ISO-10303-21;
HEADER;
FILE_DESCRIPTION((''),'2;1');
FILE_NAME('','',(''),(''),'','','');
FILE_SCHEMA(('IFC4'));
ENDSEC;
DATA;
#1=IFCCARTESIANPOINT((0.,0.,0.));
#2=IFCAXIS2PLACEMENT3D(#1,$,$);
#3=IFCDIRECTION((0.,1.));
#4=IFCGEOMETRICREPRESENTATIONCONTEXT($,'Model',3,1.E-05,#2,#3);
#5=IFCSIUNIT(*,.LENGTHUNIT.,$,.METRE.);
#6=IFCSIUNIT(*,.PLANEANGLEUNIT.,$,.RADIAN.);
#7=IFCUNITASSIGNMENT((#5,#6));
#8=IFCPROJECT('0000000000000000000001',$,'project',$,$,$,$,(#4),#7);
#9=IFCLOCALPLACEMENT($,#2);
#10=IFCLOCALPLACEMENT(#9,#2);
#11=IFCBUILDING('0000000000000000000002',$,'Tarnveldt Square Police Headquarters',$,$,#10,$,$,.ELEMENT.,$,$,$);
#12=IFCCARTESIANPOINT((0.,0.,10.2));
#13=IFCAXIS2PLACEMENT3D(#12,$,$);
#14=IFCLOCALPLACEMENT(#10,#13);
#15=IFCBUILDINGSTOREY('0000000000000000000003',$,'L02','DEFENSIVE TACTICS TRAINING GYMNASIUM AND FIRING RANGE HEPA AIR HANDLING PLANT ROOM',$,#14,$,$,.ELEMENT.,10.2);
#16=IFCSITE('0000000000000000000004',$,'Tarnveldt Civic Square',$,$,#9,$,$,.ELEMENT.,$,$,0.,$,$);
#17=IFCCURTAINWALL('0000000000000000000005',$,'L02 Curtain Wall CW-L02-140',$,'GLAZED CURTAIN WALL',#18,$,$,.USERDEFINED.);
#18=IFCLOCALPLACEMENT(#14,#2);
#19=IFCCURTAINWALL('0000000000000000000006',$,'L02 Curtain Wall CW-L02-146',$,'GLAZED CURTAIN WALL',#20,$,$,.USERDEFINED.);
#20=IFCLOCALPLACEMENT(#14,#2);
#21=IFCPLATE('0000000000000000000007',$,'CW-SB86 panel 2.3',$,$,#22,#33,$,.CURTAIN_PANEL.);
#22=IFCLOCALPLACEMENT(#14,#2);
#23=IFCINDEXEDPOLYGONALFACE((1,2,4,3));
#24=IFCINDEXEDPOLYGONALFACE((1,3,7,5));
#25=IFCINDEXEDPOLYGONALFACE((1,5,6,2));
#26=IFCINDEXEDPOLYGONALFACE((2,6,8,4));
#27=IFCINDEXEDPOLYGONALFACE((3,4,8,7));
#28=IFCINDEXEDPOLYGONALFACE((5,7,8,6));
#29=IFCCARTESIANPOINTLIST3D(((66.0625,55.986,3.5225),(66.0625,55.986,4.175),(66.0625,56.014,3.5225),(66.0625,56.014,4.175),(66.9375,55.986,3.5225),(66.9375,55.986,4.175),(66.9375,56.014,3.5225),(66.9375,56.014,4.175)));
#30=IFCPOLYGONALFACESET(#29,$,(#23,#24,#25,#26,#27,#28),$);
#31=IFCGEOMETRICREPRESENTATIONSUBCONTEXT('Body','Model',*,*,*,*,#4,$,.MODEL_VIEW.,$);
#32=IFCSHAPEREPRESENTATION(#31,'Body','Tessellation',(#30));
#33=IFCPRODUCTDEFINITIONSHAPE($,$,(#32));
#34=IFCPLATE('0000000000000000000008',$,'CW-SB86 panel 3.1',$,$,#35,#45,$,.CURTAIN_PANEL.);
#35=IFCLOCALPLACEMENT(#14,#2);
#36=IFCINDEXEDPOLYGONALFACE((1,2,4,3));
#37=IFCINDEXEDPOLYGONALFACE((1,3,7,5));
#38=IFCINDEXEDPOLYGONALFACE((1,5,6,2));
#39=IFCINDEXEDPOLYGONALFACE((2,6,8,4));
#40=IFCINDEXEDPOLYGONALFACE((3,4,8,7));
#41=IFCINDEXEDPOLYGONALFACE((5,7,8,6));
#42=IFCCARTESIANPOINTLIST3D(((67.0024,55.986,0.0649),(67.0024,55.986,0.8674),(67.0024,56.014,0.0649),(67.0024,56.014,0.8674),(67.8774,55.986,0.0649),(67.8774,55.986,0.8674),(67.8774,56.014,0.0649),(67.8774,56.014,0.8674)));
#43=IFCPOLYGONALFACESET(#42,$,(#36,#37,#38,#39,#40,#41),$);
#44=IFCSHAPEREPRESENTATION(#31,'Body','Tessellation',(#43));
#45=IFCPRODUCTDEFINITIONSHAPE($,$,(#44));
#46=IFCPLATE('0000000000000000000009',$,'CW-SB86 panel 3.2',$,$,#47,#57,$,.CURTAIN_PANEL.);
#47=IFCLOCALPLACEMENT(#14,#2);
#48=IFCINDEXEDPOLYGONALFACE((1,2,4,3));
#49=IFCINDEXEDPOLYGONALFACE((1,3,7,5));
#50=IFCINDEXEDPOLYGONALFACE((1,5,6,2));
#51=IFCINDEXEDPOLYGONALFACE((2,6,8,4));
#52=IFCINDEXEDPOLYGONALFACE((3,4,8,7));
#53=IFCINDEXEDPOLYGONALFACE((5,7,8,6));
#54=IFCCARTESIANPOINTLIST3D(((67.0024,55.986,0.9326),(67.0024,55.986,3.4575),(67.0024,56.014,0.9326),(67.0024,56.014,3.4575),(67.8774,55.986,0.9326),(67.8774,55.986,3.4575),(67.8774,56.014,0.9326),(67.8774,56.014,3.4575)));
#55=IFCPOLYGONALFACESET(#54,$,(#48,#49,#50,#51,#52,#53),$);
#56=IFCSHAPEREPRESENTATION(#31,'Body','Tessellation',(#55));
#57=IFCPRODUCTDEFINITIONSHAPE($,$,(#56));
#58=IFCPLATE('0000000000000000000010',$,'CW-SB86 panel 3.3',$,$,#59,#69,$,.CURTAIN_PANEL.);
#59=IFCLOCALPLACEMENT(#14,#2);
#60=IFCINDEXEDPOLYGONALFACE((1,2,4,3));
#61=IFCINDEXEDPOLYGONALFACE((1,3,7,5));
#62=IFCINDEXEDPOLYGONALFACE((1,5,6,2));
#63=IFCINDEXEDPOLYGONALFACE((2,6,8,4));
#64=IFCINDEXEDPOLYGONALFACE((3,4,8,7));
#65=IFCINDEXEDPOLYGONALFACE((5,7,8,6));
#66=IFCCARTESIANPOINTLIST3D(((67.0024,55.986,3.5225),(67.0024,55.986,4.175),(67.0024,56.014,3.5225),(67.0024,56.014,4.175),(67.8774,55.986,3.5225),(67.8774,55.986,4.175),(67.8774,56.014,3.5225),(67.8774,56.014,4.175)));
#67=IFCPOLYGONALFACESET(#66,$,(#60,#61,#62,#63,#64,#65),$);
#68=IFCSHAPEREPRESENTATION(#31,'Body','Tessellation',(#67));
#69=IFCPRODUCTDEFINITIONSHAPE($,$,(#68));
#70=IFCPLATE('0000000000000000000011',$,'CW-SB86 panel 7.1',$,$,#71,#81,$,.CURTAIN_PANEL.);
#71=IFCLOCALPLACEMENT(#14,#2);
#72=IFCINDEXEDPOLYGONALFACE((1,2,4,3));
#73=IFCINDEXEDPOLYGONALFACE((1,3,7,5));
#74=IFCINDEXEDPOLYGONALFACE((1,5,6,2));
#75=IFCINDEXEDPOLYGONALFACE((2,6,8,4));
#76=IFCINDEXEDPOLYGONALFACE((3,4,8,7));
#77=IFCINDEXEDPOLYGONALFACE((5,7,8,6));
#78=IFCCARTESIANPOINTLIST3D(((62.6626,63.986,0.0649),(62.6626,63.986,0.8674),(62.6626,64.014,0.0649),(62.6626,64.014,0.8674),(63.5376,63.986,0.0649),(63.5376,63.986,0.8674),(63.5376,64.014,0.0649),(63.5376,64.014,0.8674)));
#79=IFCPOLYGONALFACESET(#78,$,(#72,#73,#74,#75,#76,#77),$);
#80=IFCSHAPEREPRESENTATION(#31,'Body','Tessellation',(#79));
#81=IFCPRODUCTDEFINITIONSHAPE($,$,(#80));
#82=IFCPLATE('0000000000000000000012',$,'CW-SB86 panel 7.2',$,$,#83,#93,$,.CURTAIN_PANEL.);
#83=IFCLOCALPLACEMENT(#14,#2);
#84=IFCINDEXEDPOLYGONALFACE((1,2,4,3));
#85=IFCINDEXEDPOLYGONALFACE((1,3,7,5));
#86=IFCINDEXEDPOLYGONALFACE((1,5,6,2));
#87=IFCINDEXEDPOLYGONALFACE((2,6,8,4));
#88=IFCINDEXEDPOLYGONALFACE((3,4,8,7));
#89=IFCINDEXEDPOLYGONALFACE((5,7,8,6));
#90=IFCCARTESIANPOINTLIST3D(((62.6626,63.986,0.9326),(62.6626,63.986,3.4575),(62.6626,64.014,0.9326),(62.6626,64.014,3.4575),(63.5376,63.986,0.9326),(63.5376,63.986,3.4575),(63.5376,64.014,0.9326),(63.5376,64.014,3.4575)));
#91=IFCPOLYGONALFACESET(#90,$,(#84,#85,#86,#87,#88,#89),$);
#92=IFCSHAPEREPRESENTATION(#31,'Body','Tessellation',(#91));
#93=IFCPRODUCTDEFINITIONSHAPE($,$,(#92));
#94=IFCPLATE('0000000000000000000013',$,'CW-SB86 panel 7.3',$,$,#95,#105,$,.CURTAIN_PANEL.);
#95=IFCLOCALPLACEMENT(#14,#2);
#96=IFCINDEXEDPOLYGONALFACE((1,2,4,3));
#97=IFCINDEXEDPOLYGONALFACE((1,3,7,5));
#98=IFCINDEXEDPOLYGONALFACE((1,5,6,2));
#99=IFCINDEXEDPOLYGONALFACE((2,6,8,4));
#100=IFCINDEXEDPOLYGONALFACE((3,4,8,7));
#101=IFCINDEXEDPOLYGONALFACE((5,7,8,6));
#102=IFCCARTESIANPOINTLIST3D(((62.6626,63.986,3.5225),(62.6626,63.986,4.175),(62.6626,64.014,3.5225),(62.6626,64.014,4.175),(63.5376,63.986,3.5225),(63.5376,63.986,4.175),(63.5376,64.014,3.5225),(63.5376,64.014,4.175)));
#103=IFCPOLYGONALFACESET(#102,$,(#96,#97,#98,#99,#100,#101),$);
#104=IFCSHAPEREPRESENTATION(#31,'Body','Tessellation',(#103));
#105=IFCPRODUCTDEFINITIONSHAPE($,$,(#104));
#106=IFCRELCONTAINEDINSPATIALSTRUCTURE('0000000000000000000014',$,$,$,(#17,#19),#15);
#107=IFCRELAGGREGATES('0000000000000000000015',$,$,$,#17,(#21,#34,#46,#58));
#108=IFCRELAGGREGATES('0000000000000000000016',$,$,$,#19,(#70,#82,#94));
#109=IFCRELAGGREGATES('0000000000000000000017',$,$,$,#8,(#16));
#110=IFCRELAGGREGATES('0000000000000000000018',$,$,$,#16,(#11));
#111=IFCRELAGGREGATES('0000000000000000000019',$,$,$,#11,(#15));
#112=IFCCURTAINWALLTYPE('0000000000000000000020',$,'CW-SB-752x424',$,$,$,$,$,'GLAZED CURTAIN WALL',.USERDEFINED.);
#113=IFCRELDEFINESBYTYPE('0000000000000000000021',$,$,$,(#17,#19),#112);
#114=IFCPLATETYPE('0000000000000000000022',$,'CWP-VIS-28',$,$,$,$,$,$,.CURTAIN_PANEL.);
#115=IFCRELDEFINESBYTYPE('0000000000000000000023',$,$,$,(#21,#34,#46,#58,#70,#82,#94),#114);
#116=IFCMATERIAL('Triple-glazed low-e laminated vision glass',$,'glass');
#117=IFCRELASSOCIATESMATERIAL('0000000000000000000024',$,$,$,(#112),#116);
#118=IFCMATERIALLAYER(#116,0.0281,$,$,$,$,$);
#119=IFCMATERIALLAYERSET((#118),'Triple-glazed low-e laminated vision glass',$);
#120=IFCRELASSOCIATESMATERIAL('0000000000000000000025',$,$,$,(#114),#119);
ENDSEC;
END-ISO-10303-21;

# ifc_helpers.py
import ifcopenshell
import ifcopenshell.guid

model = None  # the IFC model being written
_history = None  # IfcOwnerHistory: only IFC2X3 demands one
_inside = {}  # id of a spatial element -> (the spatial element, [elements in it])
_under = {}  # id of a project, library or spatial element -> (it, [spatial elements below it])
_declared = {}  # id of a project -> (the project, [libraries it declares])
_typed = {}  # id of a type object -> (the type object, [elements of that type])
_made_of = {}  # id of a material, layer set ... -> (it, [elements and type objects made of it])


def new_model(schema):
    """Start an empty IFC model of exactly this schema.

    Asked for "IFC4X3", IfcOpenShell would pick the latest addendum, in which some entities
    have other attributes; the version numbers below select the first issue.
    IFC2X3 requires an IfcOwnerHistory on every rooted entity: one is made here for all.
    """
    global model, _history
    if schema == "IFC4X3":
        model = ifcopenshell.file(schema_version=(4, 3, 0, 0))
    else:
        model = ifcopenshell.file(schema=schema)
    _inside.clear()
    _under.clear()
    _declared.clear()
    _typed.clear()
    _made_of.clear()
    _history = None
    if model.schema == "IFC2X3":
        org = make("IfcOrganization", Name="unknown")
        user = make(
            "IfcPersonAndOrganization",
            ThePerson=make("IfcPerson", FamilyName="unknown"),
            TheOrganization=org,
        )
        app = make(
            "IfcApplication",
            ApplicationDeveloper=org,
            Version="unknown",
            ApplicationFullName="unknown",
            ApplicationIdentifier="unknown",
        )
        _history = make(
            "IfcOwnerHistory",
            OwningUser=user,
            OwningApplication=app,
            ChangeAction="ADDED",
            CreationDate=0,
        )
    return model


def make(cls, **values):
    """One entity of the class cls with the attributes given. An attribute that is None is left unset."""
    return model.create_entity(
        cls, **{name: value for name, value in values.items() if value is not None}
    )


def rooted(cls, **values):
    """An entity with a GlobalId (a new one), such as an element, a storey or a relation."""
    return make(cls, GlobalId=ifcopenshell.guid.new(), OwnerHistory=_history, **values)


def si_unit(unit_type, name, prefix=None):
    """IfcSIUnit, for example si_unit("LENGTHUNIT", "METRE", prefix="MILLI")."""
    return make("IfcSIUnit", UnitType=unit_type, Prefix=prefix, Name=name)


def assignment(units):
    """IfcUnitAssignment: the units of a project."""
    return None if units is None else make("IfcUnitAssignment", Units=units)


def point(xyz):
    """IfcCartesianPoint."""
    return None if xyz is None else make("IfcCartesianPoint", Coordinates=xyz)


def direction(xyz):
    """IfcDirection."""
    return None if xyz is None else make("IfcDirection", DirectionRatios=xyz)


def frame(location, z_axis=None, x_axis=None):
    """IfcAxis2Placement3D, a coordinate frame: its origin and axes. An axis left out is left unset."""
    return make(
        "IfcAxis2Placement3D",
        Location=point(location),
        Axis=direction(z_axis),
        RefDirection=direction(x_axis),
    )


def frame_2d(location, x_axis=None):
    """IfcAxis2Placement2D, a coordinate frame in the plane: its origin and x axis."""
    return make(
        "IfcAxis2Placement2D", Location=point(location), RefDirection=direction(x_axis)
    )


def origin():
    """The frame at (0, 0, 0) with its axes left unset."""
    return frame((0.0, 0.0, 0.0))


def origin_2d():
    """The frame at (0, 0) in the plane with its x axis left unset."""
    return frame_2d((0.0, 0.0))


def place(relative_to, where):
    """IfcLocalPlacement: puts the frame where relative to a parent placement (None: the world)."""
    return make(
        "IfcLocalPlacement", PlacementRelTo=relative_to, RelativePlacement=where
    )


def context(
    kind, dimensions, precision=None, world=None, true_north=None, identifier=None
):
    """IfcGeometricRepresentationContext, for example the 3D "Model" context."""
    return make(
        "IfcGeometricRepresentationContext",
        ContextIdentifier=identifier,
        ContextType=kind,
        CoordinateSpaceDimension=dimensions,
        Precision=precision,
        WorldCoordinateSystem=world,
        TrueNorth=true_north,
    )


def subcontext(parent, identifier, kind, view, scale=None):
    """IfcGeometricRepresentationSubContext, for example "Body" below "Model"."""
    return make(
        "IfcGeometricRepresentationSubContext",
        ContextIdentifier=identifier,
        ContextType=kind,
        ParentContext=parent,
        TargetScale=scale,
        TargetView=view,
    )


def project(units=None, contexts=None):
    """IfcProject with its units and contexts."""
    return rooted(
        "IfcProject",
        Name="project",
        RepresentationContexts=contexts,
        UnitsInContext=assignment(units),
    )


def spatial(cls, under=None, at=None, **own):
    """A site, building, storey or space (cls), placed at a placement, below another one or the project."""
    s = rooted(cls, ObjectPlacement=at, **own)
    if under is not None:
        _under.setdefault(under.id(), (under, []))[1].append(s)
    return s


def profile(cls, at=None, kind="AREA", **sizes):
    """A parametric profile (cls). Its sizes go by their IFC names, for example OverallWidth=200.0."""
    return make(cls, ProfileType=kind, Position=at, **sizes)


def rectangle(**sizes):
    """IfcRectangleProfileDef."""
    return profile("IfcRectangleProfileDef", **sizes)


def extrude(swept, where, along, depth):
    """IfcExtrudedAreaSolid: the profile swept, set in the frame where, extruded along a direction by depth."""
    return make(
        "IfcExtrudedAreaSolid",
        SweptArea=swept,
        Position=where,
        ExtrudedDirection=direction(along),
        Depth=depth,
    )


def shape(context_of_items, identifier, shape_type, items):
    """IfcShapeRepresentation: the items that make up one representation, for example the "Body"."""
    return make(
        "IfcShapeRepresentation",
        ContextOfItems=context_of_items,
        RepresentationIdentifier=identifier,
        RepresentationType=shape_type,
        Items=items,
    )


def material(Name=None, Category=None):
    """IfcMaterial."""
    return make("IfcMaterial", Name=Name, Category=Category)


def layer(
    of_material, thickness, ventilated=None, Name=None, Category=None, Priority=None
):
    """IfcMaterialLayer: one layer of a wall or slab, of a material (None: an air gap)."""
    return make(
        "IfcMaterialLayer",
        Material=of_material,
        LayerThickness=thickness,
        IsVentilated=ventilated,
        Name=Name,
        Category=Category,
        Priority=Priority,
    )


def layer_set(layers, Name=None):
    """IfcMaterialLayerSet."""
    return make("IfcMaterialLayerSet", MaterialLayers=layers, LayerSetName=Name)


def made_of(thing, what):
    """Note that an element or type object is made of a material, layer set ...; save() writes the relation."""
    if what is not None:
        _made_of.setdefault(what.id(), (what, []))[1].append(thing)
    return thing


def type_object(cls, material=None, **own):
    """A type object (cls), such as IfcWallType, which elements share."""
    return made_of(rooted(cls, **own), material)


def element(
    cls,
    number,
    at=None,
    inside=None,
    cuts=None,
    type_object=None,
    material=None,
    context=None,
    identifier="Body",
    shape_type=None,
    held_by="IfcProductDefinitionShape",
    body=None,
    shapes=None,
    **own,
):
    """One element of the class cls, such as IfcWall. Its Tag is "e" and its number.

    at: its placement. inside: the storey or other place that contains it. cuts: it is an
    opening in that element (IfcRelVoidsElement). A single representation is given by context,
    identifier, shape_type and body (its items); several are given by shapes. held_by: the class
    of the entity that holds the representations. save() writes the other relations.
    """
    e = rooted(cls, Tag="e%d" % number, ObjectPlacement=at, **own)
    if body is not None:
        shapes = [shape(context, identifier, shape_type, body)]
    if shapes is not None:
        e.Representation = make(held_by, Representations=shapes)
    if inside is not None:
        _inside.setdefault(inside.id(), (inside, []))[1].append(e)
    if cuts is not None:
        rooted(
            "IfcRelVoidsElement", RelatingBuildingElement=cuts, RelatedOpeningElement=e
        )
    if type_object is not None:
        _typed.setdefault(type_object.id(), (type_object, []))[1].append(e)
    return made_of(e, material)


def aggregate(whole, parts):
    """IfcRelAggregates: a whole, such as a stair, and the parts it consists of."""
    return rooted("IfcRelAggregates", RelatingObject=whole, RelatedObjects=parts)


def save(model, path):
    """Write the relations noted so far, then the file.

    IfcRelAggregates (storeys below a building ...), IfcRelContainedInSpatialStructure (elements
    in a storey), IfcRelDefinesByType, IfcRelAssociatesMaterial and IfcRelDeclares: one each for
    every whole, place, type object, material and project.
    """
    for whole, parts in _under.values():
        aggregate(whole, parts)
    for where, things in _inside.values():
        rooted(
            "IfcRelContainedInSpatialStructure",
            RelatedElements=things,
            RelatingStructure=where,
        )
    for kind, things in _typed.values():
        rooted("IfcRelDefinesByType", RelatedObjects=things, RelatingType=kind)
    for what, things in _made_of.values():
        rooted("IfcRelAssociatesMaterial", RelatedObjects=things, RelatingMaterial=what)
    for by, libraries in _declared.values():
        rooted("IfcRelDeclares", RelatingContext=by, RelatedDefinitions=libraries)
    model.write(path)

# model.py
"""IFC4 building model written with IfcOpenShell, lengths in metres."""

from ifc_helpers import new_model, si_unit, direction, frame, origin, origin_2d, place, context, subcontext, project, spatial, rectangle, extrude, material, layer, layer_set, type_object, element, aggregate, save


model = new_model("IFC4")

# Units and contexts
model_context = context("Model", 3, precision=1e-05, world=origin(), true_north=direction((0.0, 1.0)))
body_context = subcontext(model_context, "Body", "Model", "MODEL_VIEW")
ifc_project = project(units=[si_unit("LENGTHUNIT", "METRE"), si_unit("PLANEANGLEUNIT", "RADIAN")], contexts=[model_context])

# Site, building, storey
site_placement = place(None, origin())
site = spatial("IfcSite", under=ifc_project, at=site_placement, Name="Tarnveldt Civic Square", CompositionType="ELEMENT", RefElevation=0.0)
building_placement = place(site_placement, origin())
building = spatial("IfcBuilding", under=site, at=building_placement, Name="Tarnveldt Square Police Headquarters", CompositionType="ELEMENT")
storey_placement = place(building_placement, frame((0.0, 0.0, 10.2)))
storey = spatial("IfcBuildingStorey", under=building, at=storey_placement, Name="L02", Description="DEFENSIVE TACTICS TRAINING GYMNASIUM AND FIRING RANGE HEPA AIR HANDLING PLANT ROOM", CompositionType="ELEMENT", Elevation=10.2)

# Curtain wall
ifc_material_1 = material(Name="Triple-glazed low-e laminated vision glass", Category="glass")
curtain_wall_type = type_object("IfcCurtainWallType", Name="CW-SB-752x424", ElementType="GLAZED CURTAIN WALL", PredefinedType="USERDEFINED", material=ifc_material_1)
curtain_wall_1_placement = place(storey_placement, origin())
curtain_wall_1 = element("IfcCurtainWall", 1, at=curtain_wall_1_placement, inside=storey, type_object=curtain_wall_type, Name="L02 Curtain Wall CW-L02-140", ObjectType="GLAZED CURTAIN WALL", PredefinedType="USERDEFINED")

# Curtain wall
curtain_wall_2_placement = place(storey_placement, origin())
curtain_wall_2 = element("IfcCurtainWall", 2, at=curtain_wall_2_placement, inside=storey, type_object=curtain_wall_type, Name="L02 Curtain Wall CW-L02-146", ObjectType="GLAZED CURTAIN WALL", PredefinedType="USERDEFINED")

# Plates
ifc_layer = layer(ifc_material_1, 0.0281)
ifc_layer_set = layer_set([ifc_layer], Name="Triple-glazed low-e laminated vision glass")
plate_type = type_object("IfcPlateType", Name="CWP-VIS-28", PredefinedType="CURTAIN_PANEL", material=ifc_layer_set)
plate_1_placement = place(storey_placement, frame((66.5, 56.0, 3.5225), z_axis=(0.0, 0.0, 1.0), x_axis=(1.0, 0.0, 0.0)))
plate_1 = element("IfcPlate", 3, at=plate_1_placement, type_object=plate_type, Name="CW-SB86 panel 2.3", PredefinedType="CURTAIN_PANEL", context=body_context, shape_type="SweptSolid", body=[
    extrude(rectangle(XDim=0.875, YDim=0.0281, at=origin_2d()), origin(), (0.0, 0.0, 1.0), 0.6526),
])
plate_2_placement = place(storey_placement, frame((67.4399, 56.0, 0.0649), z_axis=(0.0, 0.0, 1.0), x_axis=(1.0, 0.0, 0.0)))
plate_2 = element("IfcPlate", 4, at=plate_2_placement, type_object=plate_type, Name="CW-SB86 panel 3.1", PredefinedType="CURTAIN_PANEL", context=body_context, shape_type="SweptSolid", body=[
    extrude(rectangle(XDim=0.875, YDim=0.0281, at=origin_2d()), origin(), (0.0, 0.0, 1.0), 0.8025),
])
plate_3_placement = place(storey_placement, frame((67.4399, 56.0, 0.9326), z_axis=(0.0, 0.0, 1.0), x_axis=(1.0, 0.0, 0.0)))
plate_3 = element("IfcPlate", 5, at=plate_3_placement, type_object=plate_type, Name="CW-SB86 panel 3.2", PredefinedType="CURTAIN_PANEL", context=body_context, shape_type="SweptSolid", body=[
    extrude(rectangle(XDim=0.875, YDim=0.0281, at=origin_2d()), origin(), (0.0, 0.0, 1.0), 2.5249),
])
plate_4_placement = place(storey_placement, frame((67.4399, 56.0, 3.5225), z_axis=(0.0, 0.0, 1.0), x_axis=(1.0, 0.0, 0.0)))
plate_4 = element("IfcPlate", 6, at=plate_4_placement, type_object=plate_type, Name="CW-SB86 panel 3.3", PredefinedType="CURTAIN_PANEL", context=body_context, shape_type="SweptSolid", body=[
    extrude(rectangle(XDim=0.875, YDim=0.0281, at=origin_2d()), origin(), (0.0, 0.0, 1.0), 0.6526),
])
aggregate(curtain_wall_1, [plate_1, plate_2, plate_3, plate_4])
plate_5_placement = place(storey_placement, frame((63.1001, 64.0, 0.0649), z_axis=(0.0, 0.0, 1.0), x_axis=(1.0, 0.0, 0.0)))
plate_5 = element("IfcPlate", 7, at=plate_5_placement, type_object=plate_type, Name="CW-SB86 panel 7.1", PredefinedType="CURTAIN_PANEL", context=body_context, shape_type="SweptSolid", body=[
    extrude(rectangle(XDim=0.875, YDim=0.0281, at=origin_2d()), origin(), (0.0, 0.0, 1.0), 0.8025),
])
plate_6_placement = place(storey_placement, frame((63.1001, 64.0, 0.9326), z_axis=(0.0, 0.0, 1.0), x_axis=(1.0, 0.0, 0.0)))
plate_6 = element("IfcPlate", 8, at=plate_6_placement, type_object=plate_type, Name="CW-SB86 panel 7.2", PredefinedType="CURTAIN_PANEL", context=body_context, shape_type="SweptSolid", body=[
    extrude(rectangle(XDim=0.875, YDim=0.0281, at=origin_2d()), origin(), (0.0, 0.0, 1.0), 2.5249),
])
plate_7_placement = place(storey_placement, frame((63.1001, 64.0, 3.5225), z_axis=(0.0, 0.0, 1.0), x_axis=(1.0, 0.0, 0.0)))
plate_7 = element("IfcPlate", 9, at=plate_7_placement, type_object=plate_type, Name="CW-SB86 panel 7.3", PredefinedType="CURTAIN_PANEL", context=body_context, shape_type="SweptSolid", body=[
    extrude(rectangle(XDim=0.875, YDim=0.0281, at=origin_2d()), origin(), (0.0, 0.0, 1.0), 0.6526),
])
aggregate(curtain_wall_2, [plate_5, plate_6, plate_7])

save(model, "model.ifc")
